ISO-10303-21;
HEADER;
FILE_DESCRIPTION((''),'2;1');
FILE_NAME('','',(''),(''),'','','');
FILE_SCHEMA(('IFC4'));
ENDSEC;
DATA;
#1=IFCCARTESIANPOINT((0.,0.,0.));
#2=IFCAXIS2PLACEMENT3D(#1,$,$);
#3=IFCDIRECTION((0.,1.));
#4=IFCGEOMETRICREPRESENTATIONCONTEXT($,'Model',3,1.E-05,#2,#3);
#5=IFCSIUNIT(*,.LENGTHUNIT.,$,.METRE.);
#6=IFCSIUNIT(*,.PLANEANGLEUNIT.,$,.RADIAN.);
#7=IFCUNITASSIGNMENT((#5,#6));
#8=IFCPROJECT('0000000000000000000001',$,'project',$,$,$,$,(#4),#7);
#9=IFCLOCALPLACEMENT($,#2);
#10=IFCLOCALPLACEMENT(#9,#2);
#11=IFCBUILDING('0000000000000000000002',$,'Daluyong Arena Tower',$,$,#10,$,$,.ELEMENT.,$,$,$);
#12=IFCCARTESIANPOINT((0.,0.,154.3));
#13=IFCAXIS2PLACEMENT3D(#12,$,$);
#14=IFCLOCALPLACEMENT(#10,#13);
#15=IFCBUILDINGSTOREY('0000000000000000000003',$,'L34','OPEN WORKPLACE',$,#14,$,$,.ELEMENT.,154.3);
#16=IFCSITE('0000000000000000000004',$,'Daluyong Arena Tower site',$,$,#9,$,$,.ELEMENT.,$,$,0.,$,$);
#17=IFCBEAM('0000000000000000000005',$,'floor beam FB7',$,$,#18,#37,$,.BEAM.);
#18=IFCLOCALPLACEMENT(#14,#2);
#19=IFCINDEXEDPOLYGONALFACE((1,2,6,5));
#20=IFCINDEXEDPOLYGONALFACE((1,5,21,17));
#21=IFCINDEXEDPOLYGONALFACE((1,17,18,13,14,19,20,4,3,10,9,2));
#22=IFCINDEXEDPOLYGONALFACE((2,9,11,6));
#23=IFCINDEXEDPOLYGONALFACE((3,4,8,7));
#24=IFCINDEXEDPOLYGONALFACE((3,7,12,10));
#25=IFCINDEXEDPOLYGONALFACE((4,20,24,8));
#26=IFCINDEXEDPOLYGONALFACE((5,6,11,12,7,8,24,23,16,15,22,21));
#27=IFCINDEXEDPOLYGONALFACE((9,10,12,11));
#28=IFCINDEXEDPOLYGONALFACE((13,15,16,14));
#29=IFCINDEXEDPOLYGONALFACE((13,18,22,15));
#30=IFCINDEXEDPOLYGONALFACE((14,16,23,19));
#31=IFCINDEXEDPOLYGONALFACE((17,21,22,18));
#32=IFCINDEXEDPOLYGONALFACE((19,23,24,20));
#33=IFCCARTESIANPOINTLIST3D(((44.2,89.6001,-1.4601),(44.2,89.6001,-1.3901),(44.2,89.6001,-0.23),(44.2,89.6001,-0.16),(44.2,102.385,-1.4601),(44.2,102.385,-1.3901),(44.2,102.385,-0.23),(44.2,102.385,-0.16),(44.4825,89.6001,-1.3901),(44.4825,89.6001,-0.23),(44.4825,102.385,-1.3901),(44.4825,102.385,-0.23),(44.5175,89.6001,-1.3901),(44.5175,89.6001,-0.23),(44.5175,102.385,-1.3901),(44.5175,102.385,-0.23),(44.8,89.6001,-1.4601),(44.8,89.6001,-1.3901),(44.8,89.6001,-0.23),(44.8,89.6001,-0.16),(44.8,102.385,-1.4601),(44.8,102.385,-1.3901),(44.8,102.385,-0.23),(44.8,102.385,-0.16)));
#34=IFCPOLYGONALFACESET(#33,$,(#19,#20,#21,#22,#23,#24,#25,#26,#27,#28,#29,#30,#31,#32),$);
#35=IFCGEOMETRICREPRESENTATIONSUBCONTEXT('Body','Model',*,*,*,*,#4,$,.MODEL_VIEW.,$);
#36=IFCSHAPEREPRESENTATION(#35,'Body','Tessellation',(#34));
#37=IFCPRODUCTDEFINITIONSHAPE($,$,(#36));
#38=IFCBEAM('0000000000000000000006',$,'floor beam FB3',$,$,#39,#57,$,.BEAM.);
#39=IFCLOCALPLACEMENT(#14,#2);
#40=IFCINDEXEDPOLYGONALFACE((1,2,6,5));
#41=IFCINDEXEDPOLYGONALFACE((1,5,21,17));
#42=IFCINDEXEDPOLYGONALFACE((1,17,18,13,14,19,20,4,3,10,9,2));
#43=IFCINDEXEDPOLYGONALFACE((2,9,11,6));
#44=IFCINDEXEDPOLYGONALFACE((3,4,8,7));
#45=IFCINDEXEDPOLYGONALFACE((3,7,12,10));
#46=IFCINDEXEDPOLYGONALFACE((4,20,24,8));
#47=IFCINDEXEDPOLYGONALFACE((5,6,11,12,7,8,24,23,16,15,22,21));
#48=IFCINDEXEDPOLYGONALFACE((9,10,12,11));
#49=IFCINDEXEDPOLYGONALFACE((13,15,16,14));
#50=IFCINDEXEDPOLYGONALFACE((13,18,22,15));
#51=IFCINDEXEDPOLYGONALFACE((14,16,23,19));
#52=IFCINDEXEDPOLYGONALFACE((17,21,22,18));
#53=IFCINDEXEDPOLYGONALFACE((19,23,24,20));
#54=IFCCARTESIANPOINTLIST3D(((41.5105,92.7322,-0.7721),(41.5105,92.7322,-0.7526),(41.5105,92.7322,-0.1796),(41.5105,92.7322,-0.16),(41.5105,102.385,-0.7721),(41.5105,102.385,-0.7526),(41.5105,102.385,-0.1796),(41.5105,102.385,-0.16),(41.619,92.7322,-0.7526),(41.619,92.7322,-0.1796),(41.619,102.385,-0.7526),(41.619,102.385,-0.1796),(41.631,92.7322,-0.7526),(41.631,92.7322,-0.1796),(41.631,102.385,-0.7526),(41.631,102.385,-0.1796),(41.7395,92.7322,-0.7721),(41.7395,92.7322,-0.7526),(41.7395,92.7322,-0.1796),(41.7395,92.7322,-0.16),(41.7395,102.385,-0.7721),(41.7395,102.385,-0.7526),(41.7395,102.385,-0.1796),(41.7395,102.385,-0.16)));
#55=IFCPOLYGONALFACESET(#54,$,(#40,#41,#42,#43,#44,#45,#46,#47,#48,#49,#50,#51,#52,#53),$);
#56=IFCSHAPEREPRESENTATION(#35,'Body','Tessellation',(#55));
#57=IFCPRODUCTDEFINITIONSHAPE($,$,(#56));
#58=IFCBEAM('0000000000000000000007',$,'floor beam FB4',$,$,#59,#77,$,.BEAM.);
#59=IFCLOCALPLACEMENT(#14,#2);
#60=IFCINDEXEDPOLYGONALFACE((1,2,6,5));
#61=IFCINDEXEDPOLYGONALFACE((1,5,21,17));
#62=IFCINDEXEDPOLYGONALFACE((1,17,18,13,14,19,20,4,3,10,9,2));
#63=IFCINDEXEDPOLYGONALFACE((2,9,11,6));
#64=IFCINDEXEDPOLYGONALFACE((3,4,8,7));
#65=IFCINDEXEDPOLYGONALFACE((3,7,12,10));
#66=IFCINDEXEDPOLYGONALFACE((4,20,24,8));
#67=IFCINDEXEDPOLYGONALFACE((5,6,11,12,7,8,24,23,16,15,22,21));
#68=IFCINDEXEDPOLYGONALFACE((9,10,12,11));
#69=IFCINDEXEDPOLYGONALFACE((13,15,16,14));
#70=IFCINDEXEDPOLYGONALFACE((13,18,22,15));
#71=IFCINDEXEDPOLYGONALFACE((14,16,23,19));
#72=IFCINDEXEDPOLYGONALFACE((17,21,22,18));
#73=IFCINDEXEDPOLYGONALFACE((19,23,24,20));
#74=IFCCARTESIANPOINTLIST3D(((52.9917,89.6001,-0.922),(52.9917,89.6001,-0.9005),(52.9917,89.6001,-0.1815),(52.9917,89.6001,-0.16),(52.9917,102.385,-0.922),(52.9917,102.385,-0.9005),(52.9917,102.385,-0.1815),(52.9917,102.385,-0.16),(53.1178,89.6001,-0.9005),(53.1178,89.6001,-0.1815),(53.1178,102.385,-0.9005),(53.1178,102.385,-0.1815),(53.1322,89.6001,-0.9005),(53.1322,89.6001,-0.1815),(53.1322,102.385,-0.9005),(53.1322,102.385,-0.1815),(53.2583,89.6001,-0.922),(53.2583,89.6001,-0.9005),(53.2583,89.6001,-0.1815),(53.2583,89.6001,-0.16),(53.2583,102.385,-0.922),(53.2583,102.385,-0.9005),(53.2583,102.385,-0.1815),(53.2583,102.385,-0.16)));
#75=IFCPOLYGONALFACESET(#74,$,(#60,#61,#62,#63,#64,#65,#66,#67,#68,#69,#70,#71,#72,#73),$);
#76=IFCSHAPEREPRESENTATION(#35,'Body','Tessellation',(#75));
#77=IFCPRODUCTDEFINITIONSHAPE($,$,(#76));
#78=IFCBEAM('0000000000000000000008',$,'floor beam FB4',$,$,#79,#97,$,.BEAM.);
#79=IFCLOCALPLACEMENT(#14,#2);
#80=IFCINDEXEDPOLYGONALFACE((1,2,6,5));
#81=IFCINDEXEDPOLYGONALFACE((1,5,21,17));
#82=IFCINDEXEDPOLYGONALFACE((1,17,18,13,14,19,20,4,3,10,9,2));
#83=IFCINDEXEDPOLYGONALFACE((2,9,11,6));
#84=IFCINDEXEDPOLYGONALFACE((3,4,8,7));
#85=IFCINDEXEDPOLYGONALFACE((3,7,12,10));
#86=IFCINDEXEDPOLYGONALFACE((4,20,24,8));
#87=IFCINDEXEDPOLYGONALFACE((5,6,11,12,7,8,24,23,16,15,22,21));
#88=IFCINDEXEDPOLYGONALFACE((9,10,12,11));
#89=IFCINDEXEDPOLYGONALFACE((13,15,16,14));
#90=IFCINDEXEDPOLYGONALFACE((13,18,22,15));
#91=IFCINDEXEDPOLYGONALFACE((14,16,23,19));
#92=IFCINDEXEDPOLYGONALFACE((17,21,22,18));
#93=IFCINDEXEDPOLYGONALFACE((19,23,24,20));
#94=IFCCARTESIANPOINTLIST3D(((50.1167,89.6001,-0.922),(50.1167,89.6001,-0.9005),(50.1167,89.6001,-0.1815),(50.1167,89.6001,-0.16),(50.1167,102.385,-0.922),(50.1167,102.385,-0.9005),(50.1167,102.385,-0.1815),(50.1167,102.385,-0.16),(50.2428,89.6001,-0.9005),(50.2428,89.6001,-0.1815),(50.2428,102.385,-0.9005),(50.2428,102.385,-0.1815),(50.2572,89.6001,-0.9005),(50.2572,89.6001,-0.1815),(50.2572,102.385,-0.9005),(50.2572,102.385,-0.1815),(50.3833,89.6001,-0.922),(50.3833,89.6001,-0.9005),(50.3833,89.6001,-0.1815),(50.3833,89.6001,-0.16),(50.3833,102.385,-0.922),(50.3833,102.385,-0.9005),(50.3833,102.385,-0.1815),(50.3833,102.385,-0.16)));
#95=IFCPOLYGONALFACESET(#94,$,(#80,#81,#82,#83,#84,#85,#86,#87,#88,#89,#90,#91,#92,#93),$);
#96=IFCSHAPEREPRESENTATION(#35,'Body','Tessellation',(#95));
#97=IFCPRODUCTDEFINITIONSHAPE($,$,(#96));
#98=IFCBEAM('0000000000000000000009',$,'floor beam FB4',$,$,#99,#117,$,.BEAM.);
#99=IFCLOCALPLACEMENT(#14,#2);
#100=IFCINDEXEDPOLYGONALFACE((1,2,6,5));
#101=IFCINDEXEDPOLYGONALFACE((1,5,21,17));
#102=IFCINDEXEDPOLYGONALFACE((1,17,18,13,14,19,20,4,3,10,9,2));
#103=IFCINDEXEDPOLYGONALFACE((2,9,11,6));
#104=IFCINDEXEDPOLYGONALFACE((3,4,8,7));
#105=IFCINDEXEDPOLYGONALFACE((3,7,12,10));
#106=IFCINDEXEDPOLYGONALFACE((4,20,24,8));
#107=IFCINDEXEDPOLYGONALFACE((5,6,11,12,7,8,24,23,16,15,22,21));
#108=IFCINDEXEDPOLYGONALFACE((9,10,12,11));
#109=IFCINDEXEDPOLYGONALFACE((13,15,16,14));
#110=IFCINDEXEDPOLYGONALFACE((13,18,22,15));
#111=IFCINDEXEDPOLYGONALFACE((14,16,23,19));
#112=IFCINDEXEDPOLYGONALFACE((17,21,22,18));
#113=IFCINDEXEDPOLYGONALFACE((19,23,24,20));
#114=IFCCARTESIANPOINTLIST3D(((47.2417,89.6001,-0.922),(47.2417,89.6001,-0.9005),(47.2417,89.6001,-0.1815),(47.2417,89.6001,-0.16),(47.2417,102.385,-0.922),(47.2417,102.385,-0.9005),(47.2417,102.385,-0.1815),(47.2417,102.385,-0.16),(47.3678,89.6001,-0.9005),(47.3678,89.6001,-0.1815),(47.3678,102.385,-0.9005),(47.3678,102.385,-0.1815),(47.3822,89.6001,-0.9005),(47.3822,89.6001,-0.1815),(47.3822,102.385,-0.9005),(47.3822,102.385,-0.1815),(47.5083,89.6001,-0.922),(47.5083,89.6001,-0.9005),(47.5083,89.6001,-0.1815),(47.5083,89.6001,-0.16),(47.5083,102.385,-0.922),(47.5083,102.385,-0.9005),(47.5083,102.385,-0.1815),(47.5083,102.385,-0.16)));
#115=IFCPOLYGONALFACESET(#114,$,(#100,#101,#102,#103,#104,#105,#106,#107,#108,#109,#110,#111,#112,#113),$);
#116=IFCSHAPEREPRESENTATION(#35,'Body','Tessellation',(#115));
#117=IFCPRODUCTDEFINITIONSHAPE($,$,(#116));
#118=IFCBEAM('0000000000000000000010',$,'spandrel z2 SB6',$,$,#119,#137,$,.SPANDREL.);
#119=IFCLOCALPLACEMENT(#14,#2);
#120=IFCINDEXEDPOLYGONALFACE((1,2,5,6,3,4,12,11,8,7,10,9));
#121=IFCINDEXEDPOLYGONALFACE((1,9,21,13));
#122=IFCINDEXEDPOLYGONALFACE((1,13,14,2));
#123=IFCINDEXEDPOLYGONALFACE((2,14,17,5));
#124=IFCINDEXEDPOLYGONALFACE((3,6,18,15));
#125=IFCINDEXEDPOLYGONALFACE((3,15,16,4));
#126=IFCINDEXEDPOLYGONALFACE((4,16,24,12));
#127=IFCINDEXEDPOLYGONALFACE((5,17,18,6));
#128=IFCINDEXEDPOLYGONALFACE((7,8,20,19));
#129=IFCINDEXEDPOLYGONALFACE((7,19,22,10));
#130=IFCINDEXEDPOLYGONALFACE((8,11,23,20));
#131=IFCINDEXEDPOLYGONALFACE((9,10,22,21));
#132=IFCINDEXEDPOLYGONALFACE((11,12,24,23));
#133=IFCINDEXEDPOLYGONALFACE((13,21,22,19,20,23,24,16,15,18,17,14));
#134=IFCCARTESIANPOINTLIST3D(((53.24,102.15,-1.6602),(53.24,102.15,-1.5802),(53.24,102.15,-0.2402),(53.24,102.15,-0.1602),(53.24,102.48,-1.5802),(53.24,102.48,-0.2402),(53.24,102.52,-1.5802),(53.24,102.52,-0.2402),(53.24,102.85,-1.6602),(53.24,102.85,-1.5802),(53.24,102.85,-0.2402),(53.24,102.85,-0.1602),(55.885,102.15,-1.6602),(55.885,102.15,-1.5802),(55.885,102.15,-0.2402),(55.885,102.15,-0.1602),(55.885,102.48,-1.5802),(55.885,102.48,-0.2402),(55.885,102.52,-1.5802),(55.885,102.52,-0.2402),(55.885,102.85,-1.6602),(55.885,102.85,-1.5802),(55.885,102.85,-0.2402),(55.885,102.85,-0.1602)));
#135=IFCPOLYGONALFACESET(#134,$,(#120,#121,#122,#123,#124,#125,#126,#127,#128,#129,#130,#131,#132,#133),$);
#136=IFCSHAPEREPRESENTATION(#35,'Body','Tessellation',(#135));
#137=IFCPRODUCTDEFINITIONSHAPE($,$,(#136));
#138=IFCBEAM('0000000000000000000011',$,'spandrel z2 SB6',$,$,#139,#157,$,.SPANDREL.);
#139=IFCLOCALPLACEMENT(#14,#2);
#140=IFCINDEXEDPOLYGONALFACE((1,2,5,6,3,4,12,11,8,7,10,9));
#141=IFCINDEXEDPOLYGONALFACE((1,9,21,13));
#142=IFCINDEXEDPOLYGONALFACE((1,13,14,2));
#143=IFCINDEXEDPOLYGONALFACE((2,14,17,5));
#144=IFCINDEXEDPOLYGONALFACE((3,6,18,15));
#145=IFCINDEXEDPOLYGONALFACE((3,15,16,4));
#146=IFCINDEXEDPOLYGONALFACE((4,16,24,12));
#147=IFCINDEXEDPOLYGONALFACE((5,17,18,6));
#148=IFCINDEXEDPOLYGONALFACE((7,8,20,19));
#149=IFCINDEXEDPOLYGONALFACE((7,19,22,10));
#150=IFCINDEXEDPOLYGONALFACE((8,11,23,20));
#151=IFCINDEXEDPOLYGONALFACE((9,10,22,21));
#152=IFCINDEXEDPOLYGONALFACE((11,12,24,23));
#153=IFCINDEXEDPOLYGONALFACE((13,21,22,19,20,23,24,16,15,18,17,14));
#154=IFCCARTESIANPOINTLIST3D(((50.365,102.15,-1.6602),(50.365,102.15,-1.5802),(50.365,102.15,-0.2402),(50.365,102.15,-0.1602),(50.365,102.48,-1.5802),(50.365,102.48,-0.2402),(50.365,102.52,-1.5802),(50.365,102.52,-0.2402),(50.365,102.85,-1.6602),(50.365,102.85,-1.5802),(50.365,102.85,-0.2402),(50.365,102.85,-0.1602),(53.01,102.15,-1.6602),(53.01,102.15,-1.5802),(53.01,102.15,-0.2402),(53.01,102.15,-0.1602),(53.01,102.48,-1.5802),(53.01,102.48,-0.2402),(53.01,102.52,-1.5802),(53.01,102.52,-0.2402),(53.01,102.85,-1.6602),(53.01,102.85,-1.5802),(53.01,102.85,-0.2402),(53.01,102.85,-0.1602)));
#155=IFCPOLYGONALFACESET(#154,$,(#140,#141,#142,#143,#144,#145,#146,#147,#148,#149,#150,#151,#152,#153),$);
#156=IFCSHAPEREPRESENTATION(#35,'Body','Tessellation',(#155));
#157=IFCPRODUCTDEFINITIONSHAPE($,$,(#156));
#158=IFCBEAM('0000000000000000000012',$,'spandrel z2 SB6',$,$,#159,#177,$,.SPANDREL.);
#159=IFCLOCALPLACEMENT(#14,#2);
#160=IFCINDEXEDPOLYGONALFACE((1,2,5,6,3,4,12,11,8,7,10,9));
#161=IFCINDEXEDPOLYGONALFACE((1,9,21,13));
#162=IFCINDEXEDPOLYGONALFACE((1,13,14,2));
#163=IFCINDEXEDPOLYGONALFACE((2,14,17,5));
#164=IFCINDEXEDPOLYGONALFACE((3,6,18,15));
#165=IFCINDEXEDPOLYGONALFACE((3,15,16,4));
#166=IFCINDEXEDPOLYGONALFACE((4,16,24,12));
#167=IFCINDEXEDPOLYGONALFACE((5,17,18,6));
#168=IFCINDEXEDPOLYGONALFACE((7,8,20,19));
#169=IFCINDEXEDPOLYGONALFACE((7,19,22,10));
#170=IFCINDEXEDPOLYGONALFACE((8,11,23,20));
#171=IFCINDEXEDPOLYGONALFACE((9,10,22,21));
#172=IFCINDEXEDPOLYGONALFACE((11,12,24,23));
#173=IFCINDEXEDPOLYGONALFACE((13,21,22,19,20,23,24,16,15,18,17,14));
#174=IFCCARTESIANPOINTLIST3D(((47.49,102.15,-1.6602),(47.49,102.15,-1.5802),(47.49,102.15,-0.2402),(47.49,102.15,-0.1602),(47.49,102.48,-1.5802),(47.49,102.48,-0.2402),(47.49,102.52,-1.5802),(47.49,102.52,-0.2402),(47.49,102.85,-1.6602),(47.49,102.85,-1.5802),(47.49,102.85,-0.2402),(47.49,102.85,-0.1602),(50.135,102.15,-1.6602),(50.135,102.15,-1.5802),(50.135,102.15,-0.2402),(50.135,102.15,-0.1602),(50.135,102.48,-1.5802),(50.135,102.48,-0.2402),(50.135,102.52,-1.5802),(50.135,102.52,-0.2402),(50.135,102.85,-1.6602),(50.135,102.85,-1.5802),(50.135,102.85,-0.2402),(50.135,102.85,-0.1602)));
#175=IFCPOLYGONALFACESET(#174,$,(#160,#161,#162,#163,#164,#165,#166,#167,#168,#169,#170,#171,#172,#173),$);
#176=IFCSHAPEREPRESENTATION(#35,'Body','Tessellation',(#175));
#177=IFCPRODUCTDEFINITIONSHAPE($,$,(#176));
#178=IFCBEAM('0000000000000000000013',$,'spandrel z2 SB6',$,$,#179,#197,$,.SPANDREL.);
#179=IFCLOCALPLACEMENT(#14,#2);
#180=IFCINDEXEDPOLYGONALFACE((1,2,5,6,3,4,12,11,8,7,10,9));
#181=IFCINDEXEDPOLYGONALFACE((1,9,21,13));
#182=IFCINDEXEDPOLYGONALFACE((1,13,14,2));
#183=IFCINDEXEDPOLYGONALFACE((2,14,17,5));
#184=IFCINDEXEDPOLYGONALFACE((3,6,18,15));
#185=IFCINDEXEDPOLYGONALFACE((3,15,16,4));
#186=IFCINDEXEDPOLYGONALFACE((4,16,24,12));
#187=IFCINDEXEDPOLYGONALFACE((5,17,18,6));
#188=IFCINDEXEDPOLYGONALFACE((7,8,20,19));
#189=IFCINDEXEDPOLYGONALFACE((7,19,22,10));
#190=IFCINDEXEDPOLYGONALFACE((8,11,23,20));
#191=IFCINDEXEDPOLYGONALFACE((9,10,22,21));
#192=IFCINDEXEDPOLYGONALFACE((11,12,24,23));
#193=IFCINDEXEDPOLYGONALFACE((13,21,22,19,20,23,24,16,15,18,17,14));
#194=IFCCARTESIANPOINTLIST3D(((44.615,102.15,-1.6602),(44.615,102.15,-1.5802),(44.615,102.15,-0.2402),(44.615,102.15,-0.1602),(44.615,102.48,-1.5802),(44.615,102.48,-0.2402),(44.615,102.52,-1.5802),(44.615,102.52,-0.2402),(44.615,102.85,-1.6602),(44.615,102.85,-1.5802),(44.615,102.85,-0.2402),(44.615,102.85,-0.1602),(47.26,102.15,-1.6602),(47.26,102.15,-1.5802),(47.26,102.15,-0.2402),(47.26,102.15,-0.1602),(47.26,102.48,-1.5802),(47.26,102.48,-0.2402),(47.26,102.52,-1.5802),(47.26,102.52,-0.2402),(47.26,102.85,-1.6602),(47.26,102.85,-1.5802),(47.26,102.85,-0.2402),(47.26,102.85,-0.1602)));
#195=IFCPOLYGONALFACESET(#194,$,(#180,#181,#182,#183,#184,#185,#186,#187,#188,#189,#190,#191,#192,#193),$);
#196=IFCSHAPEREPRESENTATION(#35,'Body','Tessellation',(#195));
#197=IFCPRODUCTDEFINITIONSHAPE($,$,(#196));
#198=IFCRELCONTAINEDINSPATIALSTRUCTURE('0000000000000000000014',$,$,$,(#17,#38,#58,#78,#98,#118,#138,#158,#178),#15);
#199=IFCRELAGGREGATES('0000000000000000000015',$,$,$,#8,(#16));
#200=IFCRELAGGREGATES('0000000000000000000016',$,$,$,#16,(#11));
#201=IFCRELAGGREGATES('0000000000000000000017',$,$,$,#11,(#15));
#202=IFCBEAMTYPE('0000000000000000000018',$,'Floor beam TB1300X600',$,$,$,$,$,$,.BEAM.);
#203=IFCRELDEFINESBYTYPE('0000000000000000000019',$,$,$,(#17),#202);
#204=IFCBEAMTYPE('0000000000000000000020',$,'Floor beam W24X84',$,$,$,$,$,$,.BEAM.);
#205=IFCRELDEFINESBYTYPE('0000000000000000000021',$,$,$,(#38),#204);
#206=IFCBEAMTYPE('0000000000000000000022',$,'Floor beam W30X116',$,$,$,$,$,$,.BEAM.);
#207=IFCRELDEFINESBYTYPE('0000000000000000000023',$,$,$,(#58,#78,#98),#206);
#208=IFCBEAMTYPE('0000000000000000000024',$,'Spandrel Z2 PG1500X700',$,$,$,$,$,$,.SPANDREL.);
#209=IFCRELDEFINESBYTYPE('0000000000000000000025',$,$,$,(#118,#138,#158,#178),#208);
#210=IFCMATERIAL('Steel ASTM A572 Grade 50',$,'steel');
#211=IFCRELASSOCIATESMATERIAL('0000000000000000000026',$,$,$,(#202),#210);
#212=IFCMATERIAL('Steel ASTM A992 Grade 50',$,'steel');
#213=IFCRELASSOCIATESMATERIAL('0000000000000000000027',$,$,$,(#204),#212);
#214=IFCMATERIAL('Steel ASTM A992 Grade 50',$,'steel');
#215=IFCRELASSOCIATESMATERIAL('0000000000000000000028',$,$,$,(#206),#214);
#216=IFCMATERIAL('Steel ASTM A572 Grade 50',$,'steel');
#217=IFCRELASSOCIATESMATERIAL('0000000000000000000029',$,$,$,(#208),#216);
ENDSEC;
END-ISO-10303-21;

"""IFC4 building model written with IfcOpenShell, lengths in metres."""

from ifc_helpers import new_model, si_unit, direction, frame, origin, origin_2d, place, context, subcontext, project, spatial, i_section, extrude, material, material_profile, profile_set, type_object, element, save


model = new_model("IFC4")

# Units and contexts
model_context = context("Model", 3, precision=1e-05, world=origin(), true_north=direction((0.0, 1.0)))
body_context = subcontext(model_context, "Body", "Model", "MODEL_VIEW")
ifc_project = project(units=[si_unit("LENGTHUNIT", "METRE"), si_unit("PLANEANGLEUNIT", "RADIAN")], contexts=[model_context])

# Site, building, storey
site_placement = place(None, origin())
site = spatial("IfcSite", under=ifc_project, at=site_placement, Name="Daluyong Arena Tower site", CompositionType="ELEMENT", RefElevation=0.0)
building_placement = place(site_placement, origin())
building = spatial("IfcBuilding", under=site, at=building_placement, Name="Daluyong Arena Tower", CompositionType="ELEMENT")
storey_placement = place(building_placement, frame((0.0, 0.0, 154.3)))
storey = spatial("IfcBuildingStorey", under=building, at=storey_placement, Name="L34", Description="OPEN WORKPLACE", CompositionType="ELEMENT", Elevation=154.3)

# Beams
ifc_material_1 = material(Name="Steel ASTM A572 Grade 50", Category="steel")
ifc_material_profile_1 = material_profile(ifc_material_1, i_section(OverallWidth=0.6001, OverallDepth=1.3, WebThickness=0.035, FlangeThickness=0.07, at=origin_2d()))
ifc_profile_set_1 = profile_set([ifc_material_profile_1], Name="Steel ASTM A572 Grade 50")
beam_type_1 = type_object("IfcBeamType", Name="Floor beam TB1300X600", PredefinedType="BEAM", material=ifc_profile_set_1)
beam_1_placement = place(storey_placement, frame((44.5, 102.385, -0.8101), z_axis=(0.0, -1.0, 0.0), x_axis=(1.0, 0.0, 0.0)))
element("IfcBeam", 1, at=beam_1_placement, inside=storey, type_object=beam_type_1, Name="floor beam FB7", PredefinedType="BEAM", context=body_context, shape_type="SweptSolid", body=[
    extrude(i_section(OverallWidth=0.6001, OverallDepth=1.3, WebThickness=0.035, FlangeThickness=0.07, at=origin_2d()), origin(), (0.0, 0.0, 1.0), 12.7849),
])
ifc_material_2 = material(Name="Steel ASTM A992 Grade 50", Category="steel")
ifc_material_profile_2 = material_profile(ifc_material_2, i_section(OverallWidth=0.229, OverallDepth=0.6121, WebThickness=0.012, FlangeThickness=0.0195, at=origin_2d()))
ifc_profile_set_2 = profile_set([ifc_material_profile_2], Name="Steel ASTM A992 Grade 50")
beam_type_2 = type_object("IfcBeamType", Name="Floor beam W24X84", PredefinedType="BEAM", material=ifc_profile_set_2)
beam_2_placement = place(storey_placement, frame((41.625, 102.385, -0.4661), z_axis=(0.0, -1.0, 0.0), x_axis=(1.0, 0.0, 0.0)))
element("IfcBeam", 2, at=beam_2_placement, inside=storey, type_object=beam_type_2, Name="floor beam FB3", PredefinedType="BEAM", context=body_context, shape_type="SweptSolid", body=[
    extrude(i_section(OverallWidth=0.229, OverallDepth=0.6121, WebThickness=0.012, FlangeThickness=0.0195, at=origin_2d()), origin(), (0.0, 0.0, 1.0), 9.6528),
])
ifc_material_3 = material(Name="Steel ASTM A992 Grade 50", Category="steel")
ifc_material_profile_3 = material_profile(ifc_material_3, i_section(OverallWidth=0.2666, OverallDepth=0.762, WebThickness=0.0144, FlangeThickness=0.0215, at=origin_2d()))
ifc_profile_set_3 = profile_set([ifc_material_profile_3], Name="Steel ASTM A992 Grade 50")
beam_type_3 = type_object("IfcBeamType", Name="Floor beam W30X116", PredefinedType="BEAM", material=ifc_profile_set_3)
for number, where, z_axis, x_axis, name in (
    (3, (53.125, 102.385, -0.541), (0.0, -1.0, 0.0), (1.0, 0.0, 0.0), "floor beam FB4"),
    (4, (50.25, 102.385, -0.541), (0.0, -1.0, 0.0), (1.0, 0.0, 0.0), "floor beam FB4"),
    (5, (47.375, 102.385, -0.541), (0.0, -1.0, 0.0), (1.0, 0.0, 0.0), "floor beam FB4"),
):
    element("IfcBeam", number, at=place(storey_placement, frame(where, z_axis=z_axis, x_axis=x_axis)), inside=storey, type_object=beam_type_3, Name=name, PredefinedType="BEAM", context=body_context, shape_type="SweptSolid", body=[
        extrude(i_section(OverallWidth=0.2666, OverallDepth=0.762, WebThickness=0.0144, FlangeThickness=0.0215, at=origin_2d()), origin(), (0.0, 0.0, 1.0), 12.7849),
    ])
ifc_material_4 = material(Name="Steel ASTM A572 Grade 50", Category="steel")
ifc_material_profile_4 = material_profile(ifc_material_4, i_section(OverallWidth=0.7, OverallDepth=1.5, WebThickness=0.04, FlangeThickness=0.08, at=origin_2d()))
ifc_profile_set_4 = profile_set([ifc_material_profile_4], Name="Steel ASTM A572 Grade 50")
beam_type_4 = type_object("IfcBeamType", Name="Spandrel Z2 PG1500X700", PredefinedType="SPANDREL", material=ifc_profile_set_4)
for number, where, z_axis, x_axis, name in (
    (6, (55.885, 102.5, -0.9102), (-1.0, 0.0, 0.0), (0.0, -1.0, 0.0), "spandrel z2 SB6"),
    (7, (53.01, 102.5, -0.9102), (-1.0, 0.0, 0.0), (0.0, -1.0, 0.0), "spandrel z2 SB6"),
    (8, (50.135, 102.5, -0.9102), (-1.0, 0.0, 0.0), (0.0, -1.0, 0.0), "spandrel z2 SB6"),
    (9, (47.26, 102.5, -0.9102), (-1.0, 0.0, 0.0), (0.0, -1.0, 0.0), "spandrel z2 SB6"),
):
    element("IfcBeam", number, at=place(storey_placement, frame(where, z_axis=z_axis, x_axis=x_axis)), inside=storey, type_object=beam_type_4, Name=name, PredefinedType="SPANDREL", context=body_context, shape_type="SweptSolid", body=[
        extrude(i_section(OverallWidth=0.7, OverallDepth=1.5, WebThickness=0.04, FlangeThickness=0.08, at=origin_2d()), origin(), (0.0, 0.0, 1.0), 2.645),
    ])

save(model, "model.ifc")
